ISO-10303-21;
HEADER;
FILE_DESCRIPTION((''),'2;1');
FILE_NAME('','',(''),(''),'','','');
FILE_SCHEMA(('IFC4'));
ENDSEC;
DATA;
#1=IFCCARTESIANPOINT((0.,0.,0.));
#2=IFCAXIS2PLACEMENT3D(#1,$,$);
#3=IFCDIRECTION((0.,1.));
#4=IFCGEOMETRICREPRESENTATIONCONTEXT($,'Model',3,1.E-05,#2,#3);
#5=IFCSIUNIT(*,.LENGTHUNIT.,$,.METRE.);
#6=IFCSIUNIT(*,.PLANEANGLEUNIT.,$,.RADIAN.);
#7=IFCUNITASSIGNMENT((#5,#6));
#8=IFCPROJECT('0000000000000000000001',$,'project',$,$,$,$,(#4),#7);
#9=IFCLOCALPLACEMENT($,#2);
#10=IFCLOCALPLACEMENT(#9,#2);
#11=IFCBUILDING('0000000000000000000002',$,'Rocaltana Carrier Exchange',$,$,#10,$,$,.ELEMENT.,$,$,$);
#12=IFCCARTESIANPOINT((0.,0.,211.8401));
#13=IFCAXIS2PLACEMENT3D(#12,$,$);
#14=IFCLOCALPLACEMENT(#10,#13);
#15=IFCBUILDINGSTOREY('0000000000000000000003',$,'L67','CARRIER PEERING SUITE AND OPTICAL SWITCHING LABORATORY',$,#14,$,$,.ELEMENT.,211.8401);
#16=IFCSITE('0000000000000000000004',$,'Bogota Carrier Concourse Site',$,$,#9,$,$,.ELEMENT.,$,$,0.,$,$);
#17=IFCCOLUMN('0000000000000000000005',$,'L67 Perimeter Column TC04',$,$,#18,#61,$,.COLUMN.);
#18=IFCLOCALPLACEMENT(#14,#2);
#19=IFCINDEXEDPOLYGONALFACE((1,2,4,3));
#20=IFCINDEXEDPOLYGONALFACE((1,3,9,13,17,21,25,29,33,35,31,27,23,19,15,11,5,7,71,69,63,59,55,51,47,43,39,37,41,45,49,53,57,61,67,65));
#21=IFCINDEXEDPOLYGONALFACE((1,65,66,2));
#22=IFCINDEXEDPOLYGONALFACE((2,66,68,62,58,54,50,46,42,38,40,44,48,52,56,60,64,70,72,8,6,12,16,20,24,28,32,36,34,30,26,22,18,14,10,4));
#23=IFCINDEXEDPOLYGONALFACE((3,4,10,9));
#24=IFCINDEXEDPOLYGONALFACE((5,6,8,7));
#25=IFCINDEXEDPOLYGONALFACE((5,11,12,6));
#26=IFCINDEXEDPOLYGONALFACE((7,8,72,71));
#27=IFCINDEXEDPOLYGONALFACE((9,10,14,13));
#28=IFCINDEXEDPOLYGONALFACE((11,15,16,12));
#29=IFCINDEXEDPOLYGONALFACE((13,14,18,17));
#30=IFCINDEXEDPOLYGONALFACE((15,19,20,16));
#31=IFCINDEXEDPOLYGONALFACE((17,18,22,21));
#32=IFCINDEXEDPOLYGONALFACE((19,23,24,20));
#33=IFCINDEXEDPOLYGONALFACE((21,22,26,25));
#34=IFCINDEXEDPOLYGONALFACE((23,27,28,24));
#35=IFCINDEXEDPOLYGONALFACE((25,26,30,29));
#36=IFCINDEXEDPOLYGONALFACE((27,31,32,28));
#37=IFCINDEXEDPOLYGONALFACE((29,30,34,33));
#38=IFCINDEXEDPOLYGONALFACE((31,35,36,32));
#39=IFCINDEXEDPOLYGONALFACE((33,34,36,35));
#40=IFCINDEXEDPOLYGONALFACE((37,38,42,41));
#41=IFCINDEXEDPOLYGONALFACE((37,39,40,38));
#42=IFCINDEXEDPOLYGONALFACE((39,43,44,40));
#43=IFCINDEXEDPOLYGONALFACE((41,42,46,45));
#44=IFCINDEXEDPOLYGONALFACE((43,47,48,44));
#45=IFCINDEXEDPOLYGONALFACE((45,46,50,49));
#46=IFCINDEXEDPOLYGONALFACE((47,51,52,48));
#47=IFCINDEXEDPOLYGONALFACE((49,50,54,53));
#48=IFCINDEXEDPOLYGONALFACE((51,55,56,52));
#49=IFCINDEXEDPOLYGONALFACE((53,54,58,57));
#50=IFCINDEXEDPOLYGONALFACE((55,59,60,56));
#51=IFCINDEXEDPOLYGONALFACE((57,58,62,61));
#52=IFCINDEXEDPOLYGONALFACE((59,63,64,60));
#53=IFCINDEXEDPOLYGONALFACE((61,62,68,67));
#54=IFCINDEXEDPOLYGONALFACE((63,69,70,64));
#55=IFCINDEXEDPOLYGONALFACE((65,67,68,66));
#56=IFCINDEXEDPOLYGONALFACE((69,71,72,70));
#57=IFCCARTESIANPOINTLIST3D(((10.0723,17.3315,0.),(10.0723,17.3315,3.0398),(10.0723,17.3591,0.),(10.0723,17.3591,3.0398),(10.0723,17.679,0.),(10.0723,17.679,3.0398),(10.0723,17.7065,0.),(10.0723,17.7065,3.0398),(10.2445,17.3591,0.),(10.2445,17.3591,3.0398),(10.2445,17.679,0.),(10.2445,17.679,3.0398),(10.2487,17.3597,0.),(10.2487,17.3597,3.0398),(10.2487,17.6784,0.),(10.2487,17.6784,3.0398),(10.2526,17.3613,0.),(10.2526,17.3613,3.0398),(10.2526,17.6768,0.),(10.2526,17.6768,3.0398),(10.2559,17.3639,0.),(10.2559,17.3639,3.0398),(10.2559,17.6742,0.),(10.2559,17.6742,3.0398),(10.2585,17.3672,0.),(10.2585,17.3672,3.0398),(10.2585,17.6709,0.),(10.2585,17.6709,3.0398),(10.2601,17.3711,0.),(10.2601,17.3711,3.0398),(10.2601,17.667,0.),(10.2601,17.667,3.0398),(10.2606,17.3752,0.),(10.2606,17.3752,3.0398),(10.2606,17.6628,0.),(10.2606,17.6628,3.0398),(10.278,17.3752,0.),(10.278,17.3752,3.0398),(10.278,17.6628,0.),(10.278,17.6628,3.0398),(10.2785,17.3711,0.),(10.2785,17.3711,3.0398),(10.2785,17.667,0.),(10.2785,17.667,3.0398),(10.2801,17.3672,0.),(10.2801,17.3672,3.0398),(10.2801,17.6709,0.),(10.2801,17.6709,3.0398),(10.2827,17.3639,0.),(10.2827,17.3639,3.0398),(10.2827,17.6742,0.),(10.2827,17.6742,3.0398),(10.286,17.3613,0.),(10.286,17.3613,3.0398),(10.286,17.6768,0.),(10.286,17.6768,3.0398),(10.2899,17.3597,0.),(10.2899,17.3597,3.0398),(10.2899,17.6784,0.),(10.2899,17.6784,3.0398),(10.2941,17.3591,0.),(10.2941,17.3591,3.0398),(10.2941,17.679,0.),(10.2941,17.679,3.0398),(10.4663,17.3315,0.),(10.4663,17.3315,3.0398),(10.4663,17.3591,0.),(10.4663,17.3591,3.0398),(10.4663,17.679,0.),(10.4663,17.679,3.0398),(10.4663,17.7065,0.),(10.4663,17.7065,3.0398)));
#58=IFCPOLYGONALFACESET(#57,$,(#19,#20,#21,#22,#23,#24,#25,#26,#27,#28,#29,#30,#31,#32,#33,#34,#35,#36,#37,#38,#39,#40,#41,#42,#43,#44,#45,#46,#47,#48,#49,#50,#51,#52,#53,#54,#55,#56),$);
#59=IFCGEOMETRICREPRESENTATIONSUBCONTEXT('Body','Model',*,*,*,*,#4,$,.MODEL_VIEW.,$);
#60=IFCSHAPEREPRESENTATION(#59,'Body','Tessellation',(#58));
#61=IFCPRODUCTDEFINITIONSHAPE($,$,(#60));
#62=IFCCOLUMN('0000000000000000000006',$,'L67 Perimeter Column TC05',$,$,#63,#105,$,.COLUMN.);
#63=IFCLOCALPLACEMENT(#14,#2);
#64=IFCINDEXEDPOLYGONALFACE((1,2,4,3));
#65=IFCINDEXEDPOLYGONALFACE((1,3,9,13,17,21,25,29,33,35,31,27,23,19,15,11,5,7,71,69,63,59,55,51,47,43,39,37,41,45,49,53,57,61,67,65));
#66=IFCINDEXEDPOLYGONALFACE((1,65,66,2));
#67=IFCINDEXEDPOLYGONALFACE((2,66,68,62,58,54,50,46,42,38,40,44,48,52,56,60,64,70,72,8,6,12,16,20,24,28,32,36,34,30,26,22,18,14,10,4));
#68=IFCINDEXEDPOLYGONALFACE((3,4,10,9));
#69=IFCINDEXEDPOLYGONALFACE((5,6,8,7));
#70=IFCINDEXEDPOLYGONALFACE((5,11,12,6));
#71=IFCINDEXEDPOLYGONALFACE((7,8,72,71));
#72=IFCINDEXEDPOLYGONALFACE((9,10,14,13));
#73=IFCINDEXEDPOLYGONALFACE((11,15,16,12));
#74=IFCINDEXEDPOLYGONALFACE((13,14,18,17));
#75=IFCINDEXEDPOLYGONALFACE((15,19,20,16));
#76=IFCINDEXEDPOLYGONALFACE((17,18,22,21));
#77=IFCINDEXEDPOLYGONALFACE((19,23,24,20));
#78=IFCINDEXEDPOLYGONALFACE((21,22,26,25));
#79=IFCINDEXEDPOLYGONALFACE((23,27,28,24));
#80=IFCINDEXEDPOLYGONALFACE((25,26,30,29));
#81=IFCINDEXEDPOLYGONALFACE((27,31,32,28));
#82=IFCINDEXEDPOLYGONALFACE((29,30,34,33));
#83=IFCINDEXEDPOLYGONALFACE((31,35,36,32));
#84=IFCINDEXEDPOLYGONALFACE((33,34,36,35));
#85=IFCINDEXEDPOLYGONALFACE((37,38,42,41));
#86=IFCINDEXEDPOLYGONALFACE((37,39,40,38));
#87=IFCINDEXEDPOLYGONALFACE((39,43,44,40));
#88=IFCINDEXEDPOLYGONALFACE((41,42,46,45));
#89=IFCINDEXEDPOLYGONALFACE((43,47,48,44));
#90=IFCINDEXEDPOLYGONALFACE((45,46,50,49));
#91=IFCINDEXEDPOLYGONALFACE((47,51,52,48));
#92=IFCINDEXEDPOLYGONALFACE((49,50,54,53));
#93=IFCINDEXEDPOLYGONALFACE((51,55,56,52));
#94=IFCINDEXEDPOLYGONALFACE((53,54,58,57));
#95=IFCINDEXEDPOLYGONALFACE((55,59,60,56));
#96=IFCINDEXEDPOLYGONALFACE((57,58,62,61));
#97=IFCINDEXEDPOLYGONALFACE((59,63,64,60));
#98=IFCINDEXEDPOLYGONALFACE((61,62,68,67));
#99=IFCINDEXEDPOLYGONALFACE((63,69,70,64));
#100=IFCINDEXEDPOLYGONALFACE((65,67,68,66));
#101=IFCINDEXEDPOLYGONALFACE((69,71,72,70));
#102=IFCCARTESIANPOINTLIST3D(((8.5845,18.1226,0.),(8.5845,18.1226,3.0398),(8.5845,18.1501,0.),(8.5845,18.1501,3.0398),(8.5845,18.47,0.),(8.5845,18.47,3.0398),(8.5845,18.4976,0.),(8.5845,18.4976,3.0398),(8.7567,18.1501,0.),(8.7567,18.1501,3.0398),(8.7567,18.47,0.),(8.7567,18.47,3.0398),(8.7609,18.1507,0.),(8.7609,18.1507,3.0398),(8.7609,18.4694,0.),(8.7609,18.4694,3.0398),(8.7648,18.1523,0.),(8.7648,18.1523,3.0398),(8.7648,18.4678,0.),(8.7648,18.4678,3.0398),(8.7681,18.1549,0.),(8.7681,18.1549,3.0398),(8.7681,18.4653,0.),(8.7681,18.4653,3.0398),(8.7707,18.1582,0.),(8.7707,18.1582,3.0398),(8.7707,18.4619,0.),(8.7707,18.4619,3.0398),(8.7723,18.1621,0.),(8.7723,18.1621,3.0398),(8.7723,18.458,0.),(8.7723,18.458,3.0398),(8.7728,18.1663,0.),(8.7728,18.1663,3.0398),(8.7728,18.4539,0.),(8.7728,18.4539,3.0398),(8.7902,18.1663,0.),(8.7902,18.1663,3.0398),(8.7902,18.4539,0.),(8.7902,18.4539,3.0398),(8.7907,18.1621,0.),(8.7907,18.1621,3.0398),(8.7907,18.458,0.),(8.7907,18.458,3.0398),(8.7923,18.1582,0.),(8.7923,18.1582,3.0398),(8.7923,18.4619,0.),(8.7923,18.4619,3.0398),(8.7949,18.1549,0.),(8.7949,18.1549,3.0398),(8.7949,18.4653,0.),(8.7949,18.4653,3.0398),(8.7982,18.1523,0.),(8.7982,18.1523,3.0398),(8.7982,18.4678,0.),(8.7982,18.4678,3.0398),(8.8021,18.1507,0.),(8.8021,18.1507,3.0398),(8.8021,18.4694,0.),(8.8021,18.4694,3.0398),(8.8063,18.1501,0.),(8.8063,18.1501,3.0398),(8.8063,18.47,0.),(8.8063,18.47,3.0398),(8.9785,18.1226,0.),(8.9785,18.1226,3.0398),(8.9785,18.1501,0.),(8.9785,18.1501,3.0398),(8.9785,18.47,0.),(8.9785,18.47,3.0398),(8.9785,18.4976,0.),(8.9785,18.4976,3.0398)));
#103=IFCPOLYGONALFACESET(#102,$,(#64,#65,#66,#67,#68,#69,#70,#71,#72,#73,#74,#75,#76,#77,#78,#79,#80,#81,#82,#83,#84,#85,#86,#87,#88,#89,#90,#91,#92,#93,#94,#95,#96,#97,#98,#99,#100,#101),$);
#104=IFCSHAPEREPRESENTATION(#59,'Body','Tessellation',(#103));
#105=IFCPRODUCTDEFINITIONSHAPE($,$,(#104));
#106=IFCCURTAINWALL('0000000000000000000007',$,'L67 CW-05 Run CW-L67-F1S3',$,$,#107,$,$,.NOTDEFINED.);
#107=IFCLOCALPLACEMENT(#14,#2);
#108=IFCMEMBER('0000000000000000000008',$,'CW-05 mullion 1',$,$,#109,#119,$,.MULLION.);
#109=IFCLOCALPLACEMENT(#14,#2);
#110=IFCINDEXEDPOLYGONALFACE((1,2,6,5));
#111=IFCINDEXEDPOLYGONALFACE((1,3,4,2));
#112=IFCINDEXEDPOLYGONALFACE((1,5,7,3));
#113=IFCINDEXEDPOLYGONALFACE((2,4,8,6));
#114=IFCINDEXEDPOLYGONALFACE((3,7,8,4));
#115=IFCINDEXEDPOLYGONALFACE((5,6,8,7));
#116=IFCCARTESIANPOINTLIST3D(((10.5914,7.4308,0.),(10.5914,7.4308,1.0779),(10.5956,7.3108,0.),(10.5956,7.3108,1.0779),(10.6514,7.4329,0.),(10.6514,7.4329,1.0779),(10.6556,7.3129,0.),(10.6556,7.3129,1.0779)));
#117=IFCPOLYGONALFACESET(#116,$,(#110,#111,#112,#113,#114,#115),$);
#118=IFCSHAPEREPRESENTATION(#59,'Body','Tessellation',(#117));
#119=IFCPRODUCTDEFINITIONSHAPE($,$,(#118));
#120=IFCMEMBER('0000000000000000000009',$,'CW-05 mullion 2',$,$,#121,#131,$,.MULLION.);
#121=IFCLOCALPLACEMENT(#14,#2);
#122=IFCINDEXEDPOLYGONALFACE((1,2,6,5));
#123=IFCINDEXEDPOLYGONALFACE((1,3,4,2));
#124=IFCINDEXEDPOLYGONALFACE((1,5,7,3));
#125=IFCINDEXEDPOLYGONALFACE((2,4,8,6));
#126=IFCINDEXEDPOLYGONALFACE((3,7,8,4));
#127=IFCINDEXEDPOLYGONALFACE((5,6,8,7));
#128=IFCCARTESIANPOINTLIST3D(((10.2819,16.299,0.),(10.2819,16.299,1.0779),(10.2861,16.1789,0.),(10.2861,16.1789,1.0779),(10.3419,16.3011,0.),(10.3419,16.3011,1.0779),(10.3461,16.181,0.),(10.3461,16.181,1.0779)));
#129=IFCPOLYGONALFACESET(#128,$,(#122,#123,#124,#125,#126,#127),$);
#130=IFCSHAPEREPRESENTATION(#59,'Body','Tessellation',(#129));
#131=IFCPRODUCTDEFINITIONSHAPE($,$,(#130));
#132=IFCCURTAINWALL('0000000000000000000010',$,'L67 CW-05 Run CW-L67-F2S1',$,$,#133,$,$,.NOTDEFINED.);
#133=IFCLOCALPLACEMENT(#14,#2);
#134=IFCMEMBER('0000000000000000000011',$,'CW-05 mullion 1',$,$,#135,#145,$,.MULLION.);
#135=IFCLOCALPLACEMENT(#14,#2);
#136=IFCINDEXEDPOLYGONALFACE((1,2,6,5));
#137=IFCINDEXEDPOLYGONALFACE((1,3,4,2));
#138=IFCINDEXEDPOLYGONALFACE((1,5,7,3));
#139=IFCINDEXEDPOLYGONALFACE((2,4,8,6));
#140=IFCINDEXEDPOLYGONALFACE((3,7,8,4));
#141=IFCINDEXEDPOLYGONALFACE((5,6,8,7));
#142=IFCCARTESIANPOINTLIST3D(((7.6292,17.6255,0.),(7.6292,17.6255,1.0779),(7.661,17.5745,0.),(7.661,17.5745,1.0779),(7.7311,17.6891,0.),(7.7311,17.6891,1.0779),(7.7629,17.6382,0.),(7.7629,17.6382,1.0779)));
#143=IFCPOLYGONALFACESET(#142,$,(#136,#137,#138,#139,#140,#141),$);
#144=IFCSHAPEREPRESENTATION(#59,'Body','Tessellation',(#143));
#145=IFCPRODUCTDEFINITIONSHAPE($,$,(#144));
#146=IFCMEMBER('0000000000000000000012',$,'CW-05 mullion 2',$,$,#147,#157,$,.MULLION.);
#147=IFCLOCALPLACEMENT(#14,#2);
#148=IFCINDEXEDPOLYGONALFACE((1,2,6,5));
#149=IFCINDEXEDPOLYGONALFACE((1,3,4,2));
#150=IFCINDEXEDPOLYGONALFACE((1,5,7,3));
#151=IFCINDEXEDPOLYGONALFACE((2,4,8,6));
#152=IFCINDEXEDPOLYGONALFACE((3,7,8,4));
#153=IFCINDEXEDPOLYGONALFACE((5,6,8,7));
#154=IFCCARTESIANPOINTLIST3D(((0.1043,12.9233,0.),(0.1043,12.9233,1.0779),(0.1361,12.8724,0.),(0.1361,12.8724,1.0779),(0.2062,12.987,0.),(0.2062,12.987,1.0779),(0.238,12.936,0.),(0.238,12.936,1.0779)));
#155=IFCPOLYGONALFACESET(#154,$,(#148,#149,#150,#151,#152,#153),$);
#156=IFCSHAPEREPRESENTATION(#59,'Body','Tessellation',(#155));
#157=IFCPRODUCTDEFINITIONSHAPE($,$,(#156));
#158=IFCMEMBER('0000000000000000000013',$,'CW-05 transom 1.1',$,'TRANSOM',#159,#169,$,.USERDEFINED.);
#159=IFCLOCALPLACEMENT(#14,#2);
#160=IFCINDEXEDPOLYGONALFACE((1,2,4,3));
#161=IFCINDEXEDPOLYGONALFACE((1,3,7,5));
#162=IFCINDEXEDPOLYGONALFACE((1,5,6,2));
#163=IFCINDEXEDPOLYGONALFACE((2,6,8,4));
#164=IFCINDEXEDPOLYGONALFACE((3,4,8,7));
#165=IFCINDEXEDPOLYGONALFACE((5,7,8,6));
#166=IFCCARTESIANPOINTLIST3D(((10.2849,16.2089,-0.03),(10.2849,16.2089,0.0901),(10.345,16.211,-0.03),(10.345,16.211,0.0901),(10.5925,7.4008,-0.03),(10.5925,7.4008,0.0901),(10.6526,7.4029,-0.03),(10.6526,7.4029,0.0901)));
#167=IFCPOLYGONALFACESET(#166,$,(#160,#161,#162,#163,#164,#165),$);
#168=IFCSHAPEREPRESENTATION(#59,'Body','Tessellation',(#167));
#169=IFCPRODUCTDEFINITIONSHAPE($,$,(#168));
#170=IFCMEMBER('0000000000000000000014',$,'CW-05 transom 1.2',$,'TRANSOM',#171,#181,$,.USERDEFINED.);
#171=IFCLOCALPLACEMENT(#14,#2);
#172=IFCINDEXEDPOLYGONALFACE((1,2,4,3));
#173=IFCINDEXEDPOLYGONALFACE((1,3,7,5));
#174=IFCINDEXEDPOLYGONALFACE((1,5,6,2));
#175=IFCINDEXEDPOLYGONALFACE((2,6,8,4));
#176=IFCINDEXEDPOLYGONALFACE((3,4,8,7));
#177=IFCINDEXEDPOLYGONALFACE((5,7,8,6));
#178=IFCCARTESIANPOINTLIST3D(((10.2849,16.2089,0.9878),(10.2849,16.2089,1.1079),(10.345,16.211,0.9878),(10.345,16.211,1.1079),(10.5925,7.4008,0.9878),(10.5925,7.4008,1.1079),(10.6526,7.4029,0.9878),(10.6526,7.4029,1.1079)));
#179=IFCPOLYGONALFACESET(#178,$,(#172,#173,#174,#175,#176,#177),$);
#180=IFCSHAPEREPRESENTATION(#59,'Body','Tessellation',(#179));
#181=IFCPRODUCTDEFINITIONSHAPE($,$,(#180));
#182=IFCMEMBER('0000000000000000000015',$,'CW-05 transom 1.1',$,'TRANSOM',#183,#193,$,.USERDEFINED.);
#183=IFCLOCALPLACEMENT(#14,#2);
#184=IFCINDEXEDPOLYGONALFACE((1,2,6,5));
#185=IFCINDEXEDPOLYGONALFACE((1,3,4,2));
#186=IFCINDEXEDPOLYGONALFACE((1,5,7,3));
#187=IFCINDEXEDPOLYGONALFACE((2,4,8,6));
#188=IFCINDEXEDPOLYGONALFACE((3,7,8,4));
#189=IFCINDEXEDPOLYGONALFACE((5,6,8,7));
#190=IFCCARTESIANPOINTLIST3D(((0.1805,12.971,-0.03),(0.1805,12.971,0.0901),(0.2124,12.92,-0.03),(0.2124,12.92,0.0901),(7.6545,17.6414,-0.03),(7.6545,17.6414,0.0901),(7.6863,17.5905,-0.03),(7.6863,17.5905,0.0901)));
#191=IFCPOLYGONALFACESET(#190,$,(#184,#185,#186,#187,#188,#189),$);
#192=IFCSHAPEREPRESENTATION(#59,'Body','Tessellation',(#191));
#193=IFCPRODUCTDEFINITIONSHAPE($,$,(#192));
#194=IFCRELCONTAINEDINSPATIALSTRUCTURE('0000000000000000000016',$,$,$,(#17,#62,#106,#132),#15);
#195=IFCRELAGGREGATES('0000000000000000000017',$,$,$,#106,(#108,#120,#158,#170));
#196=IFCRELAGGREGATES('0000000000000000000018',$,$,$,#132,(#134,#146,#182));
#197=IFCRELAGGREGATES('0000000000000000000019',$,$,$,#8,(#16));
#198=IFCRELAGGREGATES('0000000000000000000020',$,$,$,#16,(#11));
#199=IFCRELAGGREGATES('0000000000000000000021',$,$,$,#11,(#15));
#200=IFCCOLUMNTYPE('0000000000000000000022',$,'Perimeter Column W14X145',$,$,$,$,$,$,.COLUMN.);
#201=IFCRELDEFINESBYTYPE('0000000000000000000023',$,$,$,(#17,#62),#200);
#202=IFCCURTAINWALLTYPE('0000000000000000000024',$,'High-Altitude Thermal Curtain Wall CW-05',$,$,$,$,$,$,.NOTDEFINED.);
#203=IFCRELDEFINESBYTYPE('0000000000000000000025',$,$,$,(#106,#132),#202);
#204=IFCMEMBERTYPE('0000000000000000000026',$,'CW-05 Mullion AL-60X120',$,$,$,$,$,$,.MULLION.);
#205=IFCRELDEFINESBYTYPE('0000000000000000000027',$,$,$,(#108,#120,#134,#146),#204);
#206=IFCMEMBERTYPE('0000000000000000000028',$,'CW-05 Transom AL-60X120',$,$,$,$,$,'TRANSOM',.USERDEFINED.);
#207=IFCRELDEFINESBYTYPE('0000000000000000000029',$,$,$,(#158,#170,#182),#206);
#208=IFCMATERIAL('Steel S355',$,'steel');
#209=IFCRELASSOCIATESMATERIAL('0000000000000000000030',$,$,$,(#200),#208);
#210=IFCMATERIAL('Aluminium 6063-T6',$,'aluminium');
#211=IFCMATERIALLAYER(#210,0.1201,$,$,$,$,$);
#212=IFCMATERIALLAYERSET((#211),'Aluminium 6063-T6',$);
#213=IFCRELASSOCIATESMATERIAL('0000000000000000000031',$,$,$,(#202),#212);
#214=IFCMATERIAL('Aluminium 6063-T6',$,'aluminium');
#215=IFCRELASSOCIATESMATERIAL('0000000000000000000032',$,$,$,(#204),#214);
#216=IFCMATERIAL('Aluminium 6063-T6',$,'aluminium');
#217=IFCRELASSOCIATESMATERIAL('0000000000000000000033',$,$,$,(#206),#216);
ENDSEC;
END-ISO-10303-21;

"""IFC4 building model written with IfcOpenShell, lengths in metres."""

from ifc_helpers import new_model, si_unit, direction, frame, origin, origin_2d, place, context, subcontext, project, spatial, rectangle, i_section, extrude, material, layer, layer_set, material_profile, profile_set, type_object, element, aggregate, save


model = new_model("IFC4")

# Units and contexts
model_context = context("Model", 3, precision=1e-05, world=origin(), true_north=direction((0.0, 1.0)))
body_context = subcontext(model_context, "Body", "Model", "MODEL_VIEW")
ifc_project = project(units=[si_unit("LENGTHUNIT", "METRE"), si_unit("PLANEANGLEUNIT", "RADIAN")], contexts=[model_context])

# Site, building, storey
site_placement = place(None, origin())
site = spatial("IfcSite", under=ifc_project, at=site_placement, Name="Bogota Carrier Concourse Site", CompositionType="ELEMENT", RefElevation=0.0)
building_placement = place(site_placement, origin())
building = spatial("IfcBuilding", under=site, at=building_placement, Name="Rocaltana Carrier Exchange", CompositionType="ELEMENT")
storey_placement = place(building_placement, frame((0.0, 0.0, 211.8401)))
storey = spatial("IfcBuildingStorey", under=building, at=storey_placement, Name="L67", Description="CARRIER PEERING SUITE AND OPTICAL SWITCHING LABORATORY", CompositionType="ELEMENT", Elevation=211.8401)

# Columns
ifc_material_1 = material(Name="Steel S355", Category="steel")
ifc_material_profile_1 = material_profile(ifc_material_1, i_section(OverallWidth=0.394, OverallDepth=0.375, WebThickness=0.0173, FlangeThickness=0.0276, FilletRadius=0.0161, at=origin_2d()), Name="W14X145")
ifc_profile_set_1 = profile_set([ifc_material_profile_1], Name="Steel S355")
column_type = type_object("IfcColumnType", Name="Perimeter Column W14X145", PredefinedType="COLUMN", material=ifc_profile_set_1)
for number, where, z_axis, x_axis, name in (
    (1, (10.2693, 17.519, 0.0), (0.0, 0.0, 1.0), (1.0, 0.0, 0.0), "L67 Perimeter Column TC04"),
    (2, (8.7815, 18.3101, 0.0), (0.0, 0.0, 1.0), (1.0, 0.0, 0.0), "L67 Perimeter Column TC05"),
):
    element("IfcColumn", number, at=place(storey_placement, frame(where, z_axis=z_axis, x_axis=x_axis)), inside=storey, type_object=column_type, Name=name, PredefinedType="COLUMN", context=body_context, shape_type="SweptSolid", body=[
        extrude(i_section(OverallWidth=0.394, OverallDepth=0.375, WebThickness=0.0173, FlangeThickness=0.0276, FilletRadius=0.0161, at=origin_2d()), origin(), (0.0, 0.0, 1.0), 3.0398),
    ])

# Curtain walls, members
ifc_material_2 = material(Name="Aluminium 6063-T6", Category="aluminium")
ifc_layer_1 = layer(ifc_material_2, 0.1201)
ifc_layer_set_1 = layer_set([ifc_layer_1], Name="Aluminium 6063-T6")
curtain_wall_type = type_object("IfcCurtainWallType", Name="High-Altitude Thermal Curtain Wall CW-05", PredefinedType="NOTDEFINED", material=ifc_layer_set_1)
curtain_wall_1_placement = place(storey_placement, origin())
curtain_wall_1 = element("IfcCurtainWall", 3, at=curtain_wall_1_placement, inside=storey, type_object=curtain_wall_type, Name="L67 CW-05 Run CW-L67-F1S3", PredefinedType="NOTDEFINED")
ifc_material_3 = material(Name="Aluminium 6063-T6", Category="aluminium")
ifc_material_profile_2 = material_profile(ifc_material_3, rectangle(XDim=0.0601, YDim=0.1201, at=origin_2d()), Name="AL-60X120")
ifc_profile_set_2 = profile_set([ifc_material_profile_2], Name="Aluminium 6063-T6")
member_type_1 = type_object("IfcMemberType", Name="CW-05 Mullion AL-60X120", PredefinedType="MULLION", material=ifc_profile_set_2)
member_1_placement = place(storey_placement, frame((10.6235, 7.3718, 0.0), z_axis=(0.0, 0.0, 1.0), x_axis=(-0.999391, -0.034903, 0.0)))
member_1 = element("IfcMember", 4, at=member_1_placement, type_object=member_type_1, Name="CW-05 mullion 1", PredefinedType="MULLION", context=body_context, shape_type="SweptSolid", body=[
    extrude(rectangle(XDim=0.0601, YDim=0.1201, at=origin_2d()), origin(), (0.0, 0.0, 1.0), 1.0779),
])
member_2_placement = place(storey_placement, frame((10.314, 16.24, 0.0), z_axis=(0.0, 0.0, 1.0), x_axis=(-0.999391, -0.034903, 0.0)))
member_2 = element("IfcMember", 5, at=member_2_placement, type_object=member_type_1, Name="CW-05 mullion 2", PredefinedType="MULLION", context=body_context, shape_type="SweptSolid", body=[
    extrude(rectangle(XDim=0.0601, YDim=0.1201, at=origin_2d()), origin(), (0.0, 0.0, 1.0), 1.0779),
])
curtain_wall_2_placement = place(storey_placement, origin())
curtain_wall_2 = element("IfcCurtainWall", 6, at=curtain_wall_2_placement, inside=storey, type_object=curtain_wall_type, Name="L67 CW-05 Run CW-L67-F2S1", PredefinedType="NOTDEFINED")
member_3_placement = place(storey_placement, frame((7.696, 17.6318, 0.0), z_axis=(0.0, 0.0, 1.0), x_axis=(0.529929, -0.848042, 0.0)))
member_3 = element("IfcMember", 7, at=member_3_placement, type_object=member_type_1, Name="CW-05 mullion 1", PredefinedType="MULLION", context=body_context, shape_type="SweptSolid", body=[
    extrude(rectangle(XDim=0.0601, YDim=0.1201, at=origin_2d()), origin(), (0.0, 0.0, 1.0), 1.0779),
])
member_4_placement = place(storey_placement, frame((0.1711, 12.9297, 0.0), z_axis=(0.0, 0.0, 1.0), x_axis=(0.529929, -0.848042, 0.0)))
member_4 = element("IfcMember", 8, at=member_4_placement, type_object=member_type_1, Name="CW-05 mullion 2", PredefinedType="MULLION", context=body_context, shape_type="SweptSolid", body=[
    extrude(rectangle(XDim=0.0601, YDim=0.1201, at=origin_2d()), origin(), (0.0, 0.0, 1.0), 1.0779),
])

# Members
ifc_material_4 = material(Name="Aluminium 6063-T6", Category="aluminium")
ifc_material_profile_3 = material_profile(ifc_material_4, rectangle(XDim=0.0601, YDim=0.1201, at=origin_2d()), Name="AL-60X120")
ifc_profile_set_3 = profile_set([ifc_material_profile_3], Name="Aluminium 6063-T6")
member_type_2 = type_object("IfcMemberType", Name="CW-05 Transom AL-60X120", ElementType="TRANSOM", PredefinedType="USERDEFINED", material=ifc_profile_set_3)
member_5_placement = place(storey_placement, frame((10.6226, 7.4019, 0.03), z_axis=(-0.034903, 0.999391, 0.0), x_axis=(-0.999391, -0.034903, 0.0)))
member_5 = element("IfcMember", 9, at=member_5_placement, type_object=member_type_2, Name="CW-05 transom 1.1", ObjectType="TRANSOM", PredefinedType="USERDEFINED", context=body_context, shape_type="SweptSolid", body=[
    extrude(rectangle(XDim=0.0601, YDim=0.1201, at=origin_2d()), origin(), (0.0, 0.0, 1.0), 8.8135),
])
member_6_placement = place(storey_placement, frame((10.6226, 7.4019, 1.0479), z_axis=(-0.034903, 0.999391, 0.0), x_axis=(-0.999391, -0.034903, 0.0)))
member_6 = element("IfcMember", 10, at=member_6_placement, type_object=member_type_2, Name="CW-05 transom 1.2", ObjectType="TRANSOM", PredefinedType="USERDEFINED", context=body_context, shape_type="SweptSolid", body=[
    extrude(rectangle(XDim=0.0601, YDim=0.1201, at=origin_2d()), origin(), (0.0, 0.0, 1.0), 8.8135),
])
member_7_placement = place(storey_placement, frame((7.6704, 17.616, 0.03), z_axis=(-0.848037, -0.529937, 0.0), x_axis=(0.529937, -0.848037, 0.0)))
member_7 = element("IfcMember", 11, at=member_7_placement, type_object=member_type_2, Name="CW-05 transom 1.1", ObjectType="TRANSOM", PredefinedType="USERDEFINED", context=body_context, shape_type="SweptSolid", body=[
    extrude(rectangle(XDim=0.0601, YDim=0.1201, at=origin_2d()), origin(), (0.0, 0.0, 1.0), 8.8132),
])

aggregate(curtain_wall_1, [member_1, member_2, member_5, member_6])
aggregate(curtain_wall_2, [member_3, member_4, member_7])

save(model, "model.ifc")
